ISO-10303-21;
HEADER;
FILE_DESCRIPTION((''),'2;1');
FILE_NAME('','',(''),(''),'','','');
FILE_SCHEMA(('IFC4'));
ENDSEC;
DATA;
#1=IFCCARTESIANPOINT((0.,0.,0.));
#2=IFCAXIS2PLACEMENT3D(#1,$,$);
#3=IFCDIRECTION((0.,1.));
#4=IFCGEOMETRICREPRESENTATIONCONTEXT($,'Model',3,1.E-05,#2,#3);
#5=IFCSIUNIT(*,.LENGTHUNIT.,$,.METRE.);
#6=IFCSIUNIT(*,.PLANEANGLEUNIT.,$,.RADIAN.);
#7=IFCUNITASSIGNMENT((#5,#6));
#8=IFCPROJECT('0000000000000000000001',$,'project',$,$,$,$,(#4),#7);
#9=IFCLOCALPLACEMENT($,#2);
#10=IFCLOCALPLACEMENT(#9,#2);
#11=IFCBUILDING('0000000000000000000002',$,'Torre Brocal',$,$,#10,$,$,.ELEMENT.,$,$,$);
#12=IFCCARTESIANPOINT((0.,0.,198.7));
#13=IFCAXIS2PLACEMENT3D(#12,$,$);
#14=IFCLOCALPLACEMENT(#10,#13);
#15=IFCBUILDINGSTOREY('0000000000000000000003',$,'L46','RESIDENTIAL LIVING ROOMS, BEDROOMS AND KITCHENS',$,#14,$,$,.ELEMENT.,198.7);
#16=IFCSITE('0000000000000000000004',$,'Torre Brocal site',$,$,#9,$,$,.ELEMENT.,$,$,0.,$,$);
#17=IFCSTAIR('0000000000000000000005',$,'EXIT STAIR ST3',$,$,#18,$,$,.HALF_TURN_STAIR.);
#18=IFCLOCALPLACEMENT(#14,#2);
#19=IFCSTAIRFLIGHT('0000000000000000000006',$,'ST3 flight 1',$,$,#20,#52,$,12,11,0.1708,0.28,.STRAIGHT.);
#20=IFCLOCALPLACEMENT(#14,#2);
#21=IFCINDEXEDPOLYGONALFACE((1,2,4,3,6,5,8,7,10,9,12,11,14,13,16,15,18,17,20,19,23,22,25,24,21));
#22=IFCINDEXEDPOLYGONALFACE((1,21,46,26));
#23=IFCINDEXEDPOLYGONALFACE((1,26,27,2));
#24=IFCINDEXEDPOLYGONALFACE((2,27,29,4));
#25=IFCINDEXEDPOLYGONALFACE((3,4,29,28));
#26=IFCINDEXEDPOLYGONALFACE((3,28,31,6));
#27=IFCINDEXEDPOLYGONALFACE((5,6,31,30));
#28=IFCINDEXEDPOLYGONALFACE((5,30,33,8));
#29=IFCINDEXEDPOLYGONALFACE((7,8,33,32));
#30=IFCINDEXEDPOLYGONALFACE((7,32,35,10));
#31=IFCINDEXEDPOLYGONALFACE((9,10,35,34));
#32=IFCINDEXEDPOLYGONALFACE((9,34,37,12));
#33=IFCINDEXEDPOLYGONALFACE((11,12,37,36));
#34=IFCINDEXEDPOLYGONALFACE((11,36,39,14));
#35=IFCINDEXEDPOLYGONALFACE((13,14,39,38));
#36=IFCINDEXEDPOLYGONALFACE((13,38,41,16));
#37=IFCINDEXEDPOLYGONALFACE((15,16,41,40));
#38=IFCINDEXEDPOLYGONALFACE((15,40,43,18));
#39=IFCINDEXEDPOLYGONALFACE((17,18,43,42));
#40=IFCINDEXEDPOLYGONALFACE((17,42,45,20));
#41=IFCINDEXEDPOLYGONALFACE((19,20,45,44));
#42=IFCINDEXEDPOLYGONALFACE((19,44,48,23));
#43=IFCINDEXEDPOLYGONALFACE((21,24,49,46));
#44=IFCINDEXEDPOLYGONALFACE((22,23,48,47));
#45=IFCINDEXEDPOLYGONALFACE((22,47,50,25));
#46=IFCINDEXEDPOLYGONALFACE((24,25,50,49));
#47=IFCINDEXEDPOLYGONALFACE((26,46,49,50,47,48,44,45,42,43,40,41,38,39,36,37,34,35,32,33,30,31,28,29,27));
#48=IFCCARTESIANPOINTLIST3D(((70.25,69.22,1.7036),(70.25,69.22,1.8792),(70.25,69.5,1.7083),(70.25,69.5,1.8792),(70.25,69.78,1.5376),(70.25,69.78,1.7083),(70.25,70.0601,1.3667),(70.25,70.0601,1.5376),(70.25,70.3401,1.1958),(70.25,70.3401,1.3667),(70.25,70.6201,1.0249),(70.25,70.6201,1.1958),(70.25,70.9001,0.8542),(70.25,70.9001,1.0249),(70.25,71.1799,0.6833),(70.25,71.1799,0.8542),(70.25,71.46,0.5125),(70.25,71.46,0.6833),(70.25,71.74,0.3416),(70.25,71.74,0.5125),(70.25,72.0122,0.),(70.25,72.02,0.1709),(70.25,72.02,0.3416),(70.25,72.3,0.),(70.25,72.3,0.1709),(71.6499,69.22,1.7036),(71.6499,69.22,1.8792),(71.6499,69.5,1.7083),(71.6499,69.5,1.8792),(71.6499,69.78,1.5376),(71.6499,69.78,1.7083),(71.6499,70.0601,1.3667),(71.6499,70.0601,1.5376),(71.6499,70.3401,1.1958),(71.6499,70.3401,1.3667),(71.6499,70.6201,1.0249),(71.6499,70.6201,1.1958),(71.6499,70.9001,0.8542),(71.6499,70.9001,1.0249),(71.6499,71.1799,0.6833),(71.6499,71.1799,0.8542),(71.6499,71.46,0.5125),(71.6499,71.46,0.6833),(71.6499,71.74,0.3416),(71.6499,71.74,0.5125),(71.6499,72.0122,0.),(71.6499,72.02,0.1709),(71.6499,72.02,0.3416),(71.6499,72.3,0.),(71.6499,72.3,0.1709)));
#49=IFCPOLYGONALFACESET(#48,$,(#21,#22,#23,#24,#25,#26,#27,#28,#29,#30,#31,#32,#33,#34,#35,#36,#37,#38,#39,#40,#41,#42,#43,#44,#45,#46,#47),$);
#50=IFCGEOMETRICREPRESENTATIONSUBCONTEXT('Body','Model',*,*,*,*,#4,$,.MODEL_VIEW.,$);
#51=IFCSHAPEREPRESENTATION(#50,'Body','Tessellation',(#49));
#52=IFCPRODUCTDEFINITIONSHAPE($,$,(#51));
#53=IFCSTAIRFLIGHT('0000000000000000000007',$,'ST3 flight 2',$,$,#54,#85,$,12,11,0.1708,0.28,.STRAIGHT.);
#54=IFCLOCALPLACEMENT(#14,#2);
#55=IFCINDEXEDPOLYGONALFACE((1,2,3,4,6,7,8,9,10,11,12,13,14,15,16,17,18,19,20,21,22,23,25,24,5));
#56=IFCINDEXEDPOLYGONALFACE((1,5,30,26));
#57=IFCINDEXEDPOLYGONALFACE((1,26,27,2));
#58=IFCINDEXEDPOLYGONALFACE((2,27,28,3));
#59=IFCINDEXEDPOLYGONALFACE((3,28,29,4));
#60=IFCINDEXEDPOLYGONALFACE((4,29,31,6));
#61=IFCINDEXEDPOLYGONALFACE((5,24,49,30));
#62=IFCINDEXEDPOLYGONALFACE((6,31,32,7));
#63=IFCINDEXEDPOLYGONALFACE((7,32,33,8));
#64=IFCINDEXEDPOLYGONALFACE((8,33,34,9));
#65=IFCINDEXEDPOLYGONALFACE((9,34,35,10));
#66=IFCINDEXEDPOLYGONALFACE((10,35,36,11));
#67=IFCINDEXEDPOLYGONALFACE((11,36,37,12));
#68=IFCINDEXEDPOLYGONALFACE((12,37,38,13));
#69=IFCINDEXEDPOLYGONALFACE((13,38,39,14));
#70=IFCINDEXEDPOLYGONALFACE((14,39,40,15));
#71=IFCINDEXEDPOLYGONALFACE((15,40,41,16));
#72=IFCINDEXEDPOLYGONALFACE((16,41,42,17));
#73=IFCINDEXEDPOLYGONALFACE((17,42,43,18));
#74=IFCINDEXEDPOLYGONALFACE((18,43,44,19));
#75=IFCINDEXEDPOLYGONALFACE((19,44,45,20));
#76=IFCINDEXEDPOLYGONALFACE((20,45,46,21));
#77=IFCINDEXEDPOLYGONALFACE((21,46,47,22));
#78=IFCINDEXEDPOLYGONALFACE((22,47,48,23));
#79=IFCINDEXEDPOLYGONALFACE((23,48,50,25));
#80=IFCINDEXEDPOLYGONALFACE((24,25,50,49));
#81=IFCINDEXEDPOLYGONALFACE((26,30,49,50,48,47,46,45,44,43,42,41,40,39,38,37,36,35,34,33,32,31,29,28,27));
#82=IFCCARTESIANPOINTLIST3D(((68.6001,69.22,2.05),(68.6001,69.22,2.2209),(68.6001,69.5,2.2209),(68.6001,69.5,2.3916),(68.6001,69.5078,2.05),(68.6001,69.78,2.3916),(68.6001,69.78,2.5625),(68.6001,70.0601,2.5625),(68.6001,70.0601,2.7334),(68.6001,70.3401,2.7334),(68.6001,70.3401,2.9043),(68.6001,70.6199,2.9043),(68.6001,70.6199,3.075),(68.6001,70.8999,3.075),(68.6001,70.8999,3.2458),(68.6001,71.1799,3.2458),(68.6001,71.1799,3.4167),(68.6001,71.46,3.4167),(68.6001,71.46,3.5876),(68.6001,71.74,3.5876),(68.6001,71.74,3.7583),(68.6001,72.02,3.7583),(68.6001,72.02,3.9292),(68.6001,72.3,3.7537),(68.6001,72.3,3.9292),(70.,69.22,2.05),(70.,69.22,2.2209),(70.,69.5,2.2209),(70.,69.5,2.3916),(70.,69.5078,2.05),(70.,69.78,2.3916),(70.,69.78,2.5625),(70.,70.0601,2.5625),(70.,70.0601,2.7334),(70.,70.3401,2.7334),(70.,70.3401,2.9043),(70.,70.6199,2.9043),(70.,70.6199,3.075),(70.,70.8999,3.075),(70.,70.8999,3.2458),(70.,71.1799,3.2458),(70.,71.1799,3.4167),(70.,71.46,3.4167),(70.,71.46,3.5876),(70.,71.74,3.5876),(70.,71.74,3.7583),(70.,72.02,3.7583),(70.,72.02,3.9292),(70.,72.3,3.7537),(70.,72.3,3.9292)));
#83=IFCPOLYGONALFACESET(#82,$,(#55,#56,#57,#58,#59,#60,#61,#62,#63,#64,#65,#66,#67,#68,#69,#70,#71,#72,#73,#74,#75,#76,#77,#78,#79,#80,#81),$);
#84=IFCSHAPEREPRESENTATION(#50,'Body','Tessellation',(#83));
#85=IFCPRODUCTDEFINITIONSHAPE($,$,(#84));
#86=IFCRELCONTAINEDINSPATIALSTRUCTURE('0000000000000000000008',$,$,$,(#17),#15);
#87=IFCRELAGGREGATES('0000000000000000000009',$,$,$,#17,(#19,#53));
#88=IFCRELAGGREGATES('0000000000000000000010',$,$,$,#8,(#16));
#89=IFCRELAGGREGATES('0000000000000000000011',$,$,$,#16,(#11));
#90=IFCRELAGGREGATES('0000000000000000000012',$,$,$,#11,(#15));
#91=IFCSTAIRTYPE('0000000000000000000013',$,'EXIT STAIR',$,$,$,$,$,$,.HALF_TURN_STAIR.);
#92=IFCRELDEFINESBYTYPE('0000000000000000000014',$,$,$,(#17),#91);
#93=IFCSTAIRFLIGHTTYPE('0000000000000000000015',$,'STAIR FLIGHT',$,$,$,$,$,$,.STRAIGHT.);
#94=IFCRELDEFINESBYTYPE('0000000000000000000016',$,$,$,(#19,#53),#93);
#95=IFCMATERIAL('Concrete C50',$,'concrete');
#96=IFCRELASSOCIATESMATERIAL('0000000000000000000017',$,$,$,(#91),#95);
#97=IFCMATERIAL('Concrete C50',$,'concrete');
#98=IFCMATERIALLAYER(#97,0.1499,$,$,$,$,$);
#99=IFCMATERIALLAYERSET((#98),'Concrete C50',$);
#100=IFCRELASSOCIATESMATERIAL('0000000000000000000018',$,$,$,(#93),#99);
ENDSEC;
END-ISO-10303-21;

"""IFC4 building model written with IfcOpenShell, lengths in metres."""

from ifc_helpers import new_model, si_unit, direction, frame, origin, place, context, subcontext, project, spatial, polyline, outline, extrude, material, layer, layer_set, type_object, element, aggregate, save


model = new_model("IFC4")

# Units and contexts
model_context = context("Model", 3, precision=1e-05, world=origin(), true_north=direction((0.0, 1.0)))
body_context = subcontext(model_context, "Body", "Model", "MODEL_VIEW")
ifc_project = project(units=[si_unit("LENGTHUNIT", "METRE"), si_unit("PLANEANGLEUNIT", "RADIAN")], contexts=[model_context])

# Site, building, storey
site_placement = place(None, origin())
site = spatial("IfcSite", under=ifc_project, at=site_placement, Name="Torre Brocal site", CompositionType="ELEMENT", RefElevation=0.0)
building_placement = place(site_placement, origin())
building = spatial("IfcBuilding", under=site, at=building_placement, Name="Torre Brocal", CompositionType="ELEMENT")
storey_placement = place(building_placement, frame((0.0, 0.0, 198.7)))
storey = spatial("IfcBuildingStorey", under=building, at=storey_placement, Name="L46", Description="RESIDENTIAL LIVING ROOMS, BEDROOMS AND KITCHENS", CompositionType="ELEMENT", Elevation=198.7)

# Stair, stair flights
ifc_material_1 = material(Name="Concrete C50", Category="concrete")
stair_type = type_object("IfcStairType", Name="EXIT STAIR", PredefinedType="HALF_TURN_STAIR", material=ifc_material_1)
stair_placement = place(storey_placement, origin())
stair = element("IfcStair", 1, at=stair_placement, inside=storey, type_object=stair_type, Name="EXIT STAIR ST3", PredefinedType="HALF_TURN_STAIR")
ifc_material_2 = material(Name="Concrete C50", Category="concrete")
ifc_layer_1 = layer(ifc_material_2, 0.1499)
ifc_layer_set_1 = layer_set([ifc_layer_1], Name="Concrete C50")
stair_flight_type = type_object("IfcStairFlightType", Name="STAIR FLIGHT", PredefinedType="STRAIGHT", material=ifc_layer_set_1)
stair_flight_1_placement = place(storey_placement, frame((70.95, 72.3, 0.0), z_axis=(0.0, 0.0, 1.0), x_axis=(0.0, -1.0, 0.0)))
stair_flight_1 = element("IfcStairFlight", 2, at=stair_flight_1_placement, type_object=stair_flight_type, Name="ST3 flight 1", NumberOfRisers=12, NumberOfTreads=11, PredefinedType="STRAIGHT", RiserHeight=0.1708, TreadLength=0.28, context=body_context, shape_type="SweptSolid", body=[
    extrude(outline(polyline([(0.0, 0.0), (0.0, 0.1709), (0.28, 0.1709), (0.28, 0.3416), (0.5601, 0.3416), (0.5601, 0.5125), (0.8401, 0.5125), (0.8401, 0.6833), (1.1201, 0.6833), (1.1201, 0.8542), (1.3999, 0.8542), (1.3999, 1.0249), (1.6799, 1.0249), (1.6799, 1.1958), (1.96, 1.1958), (1.96, 1.3667), (2.24, 1.3667), (2.24, 1.5376), (2.52, 1.5376), (2.52, 1.7083), (2.8, 1.7083), (2.8, 1.8792), (3.0801, 1.8792), (3.0801, 2.05), (3.0801, 1.7036), (0.2878, 0.0), (0.0, 0.0)])), frame((0.0, 0.7, 0.0), z_axis=(0.0, -1.0, 0.0), x_axis=(1.0, 0.0, 0.0)), (0.0, 0.0, 1.0), 1.3999),
])
stair_flight_2_placement = place(storey_placement, frame((69.3, 69.22, 2.05), z_axis=(0.0, 0.0, 1.0), x_axis=(0.0, 1.0, 0.0)))
stair_flight_2 = element("IfcStairFlight", 3, at=stair_flight_2_placement, type_object=stair_flight_type, Name="ST3 flight 2", NumberOfRisers=12, NumberOfTreads=11, PredefinedType="STRAIGHT", RiserHeight=0.1708, TreadLength=0.28, context=body_context, shape_type="SweptSolid", body=[
    extrude(outline(polyline([(0.0, 0.0), (0.0, 0.1709), (0.28, 0.1709), (0.28, 0.3416), (0.5601, 0.3416), (0.5601, 0.5125), (0.8401, 0.5125), (0.8401, 0.6833), (1.1201, 0.6833), (1.1201, 0.8542), (1.3999, 0.8542), (1.3999, 1.0249), (1.6799, 1.0249), (1.6799, 1.1958), (1.96, 1.1958), (1.96, 1.3667), (2.24, 1.3667), (2.24, 1.5376), (2.52, 1.5376), (2.52, 1.7083), (2.8, 1.7083), (2.8, 1.8792), (3.0801, 1.8792), (3.0801, 2.05), (3.0801, 1.7036), (0.2878, 0.0), (0.0, 0.0)])), frame((0.0, 0.7, 0.0), z_axis=(0.0, -1.0, 0.0), x_axis=(1.0, 0.0, 0.0)), (0.0, 0.0, 1.0), 1.3999),
])
aggregate(stair, [stair_flight_1, stair_flight_2])

save(model, "model.ifc")
